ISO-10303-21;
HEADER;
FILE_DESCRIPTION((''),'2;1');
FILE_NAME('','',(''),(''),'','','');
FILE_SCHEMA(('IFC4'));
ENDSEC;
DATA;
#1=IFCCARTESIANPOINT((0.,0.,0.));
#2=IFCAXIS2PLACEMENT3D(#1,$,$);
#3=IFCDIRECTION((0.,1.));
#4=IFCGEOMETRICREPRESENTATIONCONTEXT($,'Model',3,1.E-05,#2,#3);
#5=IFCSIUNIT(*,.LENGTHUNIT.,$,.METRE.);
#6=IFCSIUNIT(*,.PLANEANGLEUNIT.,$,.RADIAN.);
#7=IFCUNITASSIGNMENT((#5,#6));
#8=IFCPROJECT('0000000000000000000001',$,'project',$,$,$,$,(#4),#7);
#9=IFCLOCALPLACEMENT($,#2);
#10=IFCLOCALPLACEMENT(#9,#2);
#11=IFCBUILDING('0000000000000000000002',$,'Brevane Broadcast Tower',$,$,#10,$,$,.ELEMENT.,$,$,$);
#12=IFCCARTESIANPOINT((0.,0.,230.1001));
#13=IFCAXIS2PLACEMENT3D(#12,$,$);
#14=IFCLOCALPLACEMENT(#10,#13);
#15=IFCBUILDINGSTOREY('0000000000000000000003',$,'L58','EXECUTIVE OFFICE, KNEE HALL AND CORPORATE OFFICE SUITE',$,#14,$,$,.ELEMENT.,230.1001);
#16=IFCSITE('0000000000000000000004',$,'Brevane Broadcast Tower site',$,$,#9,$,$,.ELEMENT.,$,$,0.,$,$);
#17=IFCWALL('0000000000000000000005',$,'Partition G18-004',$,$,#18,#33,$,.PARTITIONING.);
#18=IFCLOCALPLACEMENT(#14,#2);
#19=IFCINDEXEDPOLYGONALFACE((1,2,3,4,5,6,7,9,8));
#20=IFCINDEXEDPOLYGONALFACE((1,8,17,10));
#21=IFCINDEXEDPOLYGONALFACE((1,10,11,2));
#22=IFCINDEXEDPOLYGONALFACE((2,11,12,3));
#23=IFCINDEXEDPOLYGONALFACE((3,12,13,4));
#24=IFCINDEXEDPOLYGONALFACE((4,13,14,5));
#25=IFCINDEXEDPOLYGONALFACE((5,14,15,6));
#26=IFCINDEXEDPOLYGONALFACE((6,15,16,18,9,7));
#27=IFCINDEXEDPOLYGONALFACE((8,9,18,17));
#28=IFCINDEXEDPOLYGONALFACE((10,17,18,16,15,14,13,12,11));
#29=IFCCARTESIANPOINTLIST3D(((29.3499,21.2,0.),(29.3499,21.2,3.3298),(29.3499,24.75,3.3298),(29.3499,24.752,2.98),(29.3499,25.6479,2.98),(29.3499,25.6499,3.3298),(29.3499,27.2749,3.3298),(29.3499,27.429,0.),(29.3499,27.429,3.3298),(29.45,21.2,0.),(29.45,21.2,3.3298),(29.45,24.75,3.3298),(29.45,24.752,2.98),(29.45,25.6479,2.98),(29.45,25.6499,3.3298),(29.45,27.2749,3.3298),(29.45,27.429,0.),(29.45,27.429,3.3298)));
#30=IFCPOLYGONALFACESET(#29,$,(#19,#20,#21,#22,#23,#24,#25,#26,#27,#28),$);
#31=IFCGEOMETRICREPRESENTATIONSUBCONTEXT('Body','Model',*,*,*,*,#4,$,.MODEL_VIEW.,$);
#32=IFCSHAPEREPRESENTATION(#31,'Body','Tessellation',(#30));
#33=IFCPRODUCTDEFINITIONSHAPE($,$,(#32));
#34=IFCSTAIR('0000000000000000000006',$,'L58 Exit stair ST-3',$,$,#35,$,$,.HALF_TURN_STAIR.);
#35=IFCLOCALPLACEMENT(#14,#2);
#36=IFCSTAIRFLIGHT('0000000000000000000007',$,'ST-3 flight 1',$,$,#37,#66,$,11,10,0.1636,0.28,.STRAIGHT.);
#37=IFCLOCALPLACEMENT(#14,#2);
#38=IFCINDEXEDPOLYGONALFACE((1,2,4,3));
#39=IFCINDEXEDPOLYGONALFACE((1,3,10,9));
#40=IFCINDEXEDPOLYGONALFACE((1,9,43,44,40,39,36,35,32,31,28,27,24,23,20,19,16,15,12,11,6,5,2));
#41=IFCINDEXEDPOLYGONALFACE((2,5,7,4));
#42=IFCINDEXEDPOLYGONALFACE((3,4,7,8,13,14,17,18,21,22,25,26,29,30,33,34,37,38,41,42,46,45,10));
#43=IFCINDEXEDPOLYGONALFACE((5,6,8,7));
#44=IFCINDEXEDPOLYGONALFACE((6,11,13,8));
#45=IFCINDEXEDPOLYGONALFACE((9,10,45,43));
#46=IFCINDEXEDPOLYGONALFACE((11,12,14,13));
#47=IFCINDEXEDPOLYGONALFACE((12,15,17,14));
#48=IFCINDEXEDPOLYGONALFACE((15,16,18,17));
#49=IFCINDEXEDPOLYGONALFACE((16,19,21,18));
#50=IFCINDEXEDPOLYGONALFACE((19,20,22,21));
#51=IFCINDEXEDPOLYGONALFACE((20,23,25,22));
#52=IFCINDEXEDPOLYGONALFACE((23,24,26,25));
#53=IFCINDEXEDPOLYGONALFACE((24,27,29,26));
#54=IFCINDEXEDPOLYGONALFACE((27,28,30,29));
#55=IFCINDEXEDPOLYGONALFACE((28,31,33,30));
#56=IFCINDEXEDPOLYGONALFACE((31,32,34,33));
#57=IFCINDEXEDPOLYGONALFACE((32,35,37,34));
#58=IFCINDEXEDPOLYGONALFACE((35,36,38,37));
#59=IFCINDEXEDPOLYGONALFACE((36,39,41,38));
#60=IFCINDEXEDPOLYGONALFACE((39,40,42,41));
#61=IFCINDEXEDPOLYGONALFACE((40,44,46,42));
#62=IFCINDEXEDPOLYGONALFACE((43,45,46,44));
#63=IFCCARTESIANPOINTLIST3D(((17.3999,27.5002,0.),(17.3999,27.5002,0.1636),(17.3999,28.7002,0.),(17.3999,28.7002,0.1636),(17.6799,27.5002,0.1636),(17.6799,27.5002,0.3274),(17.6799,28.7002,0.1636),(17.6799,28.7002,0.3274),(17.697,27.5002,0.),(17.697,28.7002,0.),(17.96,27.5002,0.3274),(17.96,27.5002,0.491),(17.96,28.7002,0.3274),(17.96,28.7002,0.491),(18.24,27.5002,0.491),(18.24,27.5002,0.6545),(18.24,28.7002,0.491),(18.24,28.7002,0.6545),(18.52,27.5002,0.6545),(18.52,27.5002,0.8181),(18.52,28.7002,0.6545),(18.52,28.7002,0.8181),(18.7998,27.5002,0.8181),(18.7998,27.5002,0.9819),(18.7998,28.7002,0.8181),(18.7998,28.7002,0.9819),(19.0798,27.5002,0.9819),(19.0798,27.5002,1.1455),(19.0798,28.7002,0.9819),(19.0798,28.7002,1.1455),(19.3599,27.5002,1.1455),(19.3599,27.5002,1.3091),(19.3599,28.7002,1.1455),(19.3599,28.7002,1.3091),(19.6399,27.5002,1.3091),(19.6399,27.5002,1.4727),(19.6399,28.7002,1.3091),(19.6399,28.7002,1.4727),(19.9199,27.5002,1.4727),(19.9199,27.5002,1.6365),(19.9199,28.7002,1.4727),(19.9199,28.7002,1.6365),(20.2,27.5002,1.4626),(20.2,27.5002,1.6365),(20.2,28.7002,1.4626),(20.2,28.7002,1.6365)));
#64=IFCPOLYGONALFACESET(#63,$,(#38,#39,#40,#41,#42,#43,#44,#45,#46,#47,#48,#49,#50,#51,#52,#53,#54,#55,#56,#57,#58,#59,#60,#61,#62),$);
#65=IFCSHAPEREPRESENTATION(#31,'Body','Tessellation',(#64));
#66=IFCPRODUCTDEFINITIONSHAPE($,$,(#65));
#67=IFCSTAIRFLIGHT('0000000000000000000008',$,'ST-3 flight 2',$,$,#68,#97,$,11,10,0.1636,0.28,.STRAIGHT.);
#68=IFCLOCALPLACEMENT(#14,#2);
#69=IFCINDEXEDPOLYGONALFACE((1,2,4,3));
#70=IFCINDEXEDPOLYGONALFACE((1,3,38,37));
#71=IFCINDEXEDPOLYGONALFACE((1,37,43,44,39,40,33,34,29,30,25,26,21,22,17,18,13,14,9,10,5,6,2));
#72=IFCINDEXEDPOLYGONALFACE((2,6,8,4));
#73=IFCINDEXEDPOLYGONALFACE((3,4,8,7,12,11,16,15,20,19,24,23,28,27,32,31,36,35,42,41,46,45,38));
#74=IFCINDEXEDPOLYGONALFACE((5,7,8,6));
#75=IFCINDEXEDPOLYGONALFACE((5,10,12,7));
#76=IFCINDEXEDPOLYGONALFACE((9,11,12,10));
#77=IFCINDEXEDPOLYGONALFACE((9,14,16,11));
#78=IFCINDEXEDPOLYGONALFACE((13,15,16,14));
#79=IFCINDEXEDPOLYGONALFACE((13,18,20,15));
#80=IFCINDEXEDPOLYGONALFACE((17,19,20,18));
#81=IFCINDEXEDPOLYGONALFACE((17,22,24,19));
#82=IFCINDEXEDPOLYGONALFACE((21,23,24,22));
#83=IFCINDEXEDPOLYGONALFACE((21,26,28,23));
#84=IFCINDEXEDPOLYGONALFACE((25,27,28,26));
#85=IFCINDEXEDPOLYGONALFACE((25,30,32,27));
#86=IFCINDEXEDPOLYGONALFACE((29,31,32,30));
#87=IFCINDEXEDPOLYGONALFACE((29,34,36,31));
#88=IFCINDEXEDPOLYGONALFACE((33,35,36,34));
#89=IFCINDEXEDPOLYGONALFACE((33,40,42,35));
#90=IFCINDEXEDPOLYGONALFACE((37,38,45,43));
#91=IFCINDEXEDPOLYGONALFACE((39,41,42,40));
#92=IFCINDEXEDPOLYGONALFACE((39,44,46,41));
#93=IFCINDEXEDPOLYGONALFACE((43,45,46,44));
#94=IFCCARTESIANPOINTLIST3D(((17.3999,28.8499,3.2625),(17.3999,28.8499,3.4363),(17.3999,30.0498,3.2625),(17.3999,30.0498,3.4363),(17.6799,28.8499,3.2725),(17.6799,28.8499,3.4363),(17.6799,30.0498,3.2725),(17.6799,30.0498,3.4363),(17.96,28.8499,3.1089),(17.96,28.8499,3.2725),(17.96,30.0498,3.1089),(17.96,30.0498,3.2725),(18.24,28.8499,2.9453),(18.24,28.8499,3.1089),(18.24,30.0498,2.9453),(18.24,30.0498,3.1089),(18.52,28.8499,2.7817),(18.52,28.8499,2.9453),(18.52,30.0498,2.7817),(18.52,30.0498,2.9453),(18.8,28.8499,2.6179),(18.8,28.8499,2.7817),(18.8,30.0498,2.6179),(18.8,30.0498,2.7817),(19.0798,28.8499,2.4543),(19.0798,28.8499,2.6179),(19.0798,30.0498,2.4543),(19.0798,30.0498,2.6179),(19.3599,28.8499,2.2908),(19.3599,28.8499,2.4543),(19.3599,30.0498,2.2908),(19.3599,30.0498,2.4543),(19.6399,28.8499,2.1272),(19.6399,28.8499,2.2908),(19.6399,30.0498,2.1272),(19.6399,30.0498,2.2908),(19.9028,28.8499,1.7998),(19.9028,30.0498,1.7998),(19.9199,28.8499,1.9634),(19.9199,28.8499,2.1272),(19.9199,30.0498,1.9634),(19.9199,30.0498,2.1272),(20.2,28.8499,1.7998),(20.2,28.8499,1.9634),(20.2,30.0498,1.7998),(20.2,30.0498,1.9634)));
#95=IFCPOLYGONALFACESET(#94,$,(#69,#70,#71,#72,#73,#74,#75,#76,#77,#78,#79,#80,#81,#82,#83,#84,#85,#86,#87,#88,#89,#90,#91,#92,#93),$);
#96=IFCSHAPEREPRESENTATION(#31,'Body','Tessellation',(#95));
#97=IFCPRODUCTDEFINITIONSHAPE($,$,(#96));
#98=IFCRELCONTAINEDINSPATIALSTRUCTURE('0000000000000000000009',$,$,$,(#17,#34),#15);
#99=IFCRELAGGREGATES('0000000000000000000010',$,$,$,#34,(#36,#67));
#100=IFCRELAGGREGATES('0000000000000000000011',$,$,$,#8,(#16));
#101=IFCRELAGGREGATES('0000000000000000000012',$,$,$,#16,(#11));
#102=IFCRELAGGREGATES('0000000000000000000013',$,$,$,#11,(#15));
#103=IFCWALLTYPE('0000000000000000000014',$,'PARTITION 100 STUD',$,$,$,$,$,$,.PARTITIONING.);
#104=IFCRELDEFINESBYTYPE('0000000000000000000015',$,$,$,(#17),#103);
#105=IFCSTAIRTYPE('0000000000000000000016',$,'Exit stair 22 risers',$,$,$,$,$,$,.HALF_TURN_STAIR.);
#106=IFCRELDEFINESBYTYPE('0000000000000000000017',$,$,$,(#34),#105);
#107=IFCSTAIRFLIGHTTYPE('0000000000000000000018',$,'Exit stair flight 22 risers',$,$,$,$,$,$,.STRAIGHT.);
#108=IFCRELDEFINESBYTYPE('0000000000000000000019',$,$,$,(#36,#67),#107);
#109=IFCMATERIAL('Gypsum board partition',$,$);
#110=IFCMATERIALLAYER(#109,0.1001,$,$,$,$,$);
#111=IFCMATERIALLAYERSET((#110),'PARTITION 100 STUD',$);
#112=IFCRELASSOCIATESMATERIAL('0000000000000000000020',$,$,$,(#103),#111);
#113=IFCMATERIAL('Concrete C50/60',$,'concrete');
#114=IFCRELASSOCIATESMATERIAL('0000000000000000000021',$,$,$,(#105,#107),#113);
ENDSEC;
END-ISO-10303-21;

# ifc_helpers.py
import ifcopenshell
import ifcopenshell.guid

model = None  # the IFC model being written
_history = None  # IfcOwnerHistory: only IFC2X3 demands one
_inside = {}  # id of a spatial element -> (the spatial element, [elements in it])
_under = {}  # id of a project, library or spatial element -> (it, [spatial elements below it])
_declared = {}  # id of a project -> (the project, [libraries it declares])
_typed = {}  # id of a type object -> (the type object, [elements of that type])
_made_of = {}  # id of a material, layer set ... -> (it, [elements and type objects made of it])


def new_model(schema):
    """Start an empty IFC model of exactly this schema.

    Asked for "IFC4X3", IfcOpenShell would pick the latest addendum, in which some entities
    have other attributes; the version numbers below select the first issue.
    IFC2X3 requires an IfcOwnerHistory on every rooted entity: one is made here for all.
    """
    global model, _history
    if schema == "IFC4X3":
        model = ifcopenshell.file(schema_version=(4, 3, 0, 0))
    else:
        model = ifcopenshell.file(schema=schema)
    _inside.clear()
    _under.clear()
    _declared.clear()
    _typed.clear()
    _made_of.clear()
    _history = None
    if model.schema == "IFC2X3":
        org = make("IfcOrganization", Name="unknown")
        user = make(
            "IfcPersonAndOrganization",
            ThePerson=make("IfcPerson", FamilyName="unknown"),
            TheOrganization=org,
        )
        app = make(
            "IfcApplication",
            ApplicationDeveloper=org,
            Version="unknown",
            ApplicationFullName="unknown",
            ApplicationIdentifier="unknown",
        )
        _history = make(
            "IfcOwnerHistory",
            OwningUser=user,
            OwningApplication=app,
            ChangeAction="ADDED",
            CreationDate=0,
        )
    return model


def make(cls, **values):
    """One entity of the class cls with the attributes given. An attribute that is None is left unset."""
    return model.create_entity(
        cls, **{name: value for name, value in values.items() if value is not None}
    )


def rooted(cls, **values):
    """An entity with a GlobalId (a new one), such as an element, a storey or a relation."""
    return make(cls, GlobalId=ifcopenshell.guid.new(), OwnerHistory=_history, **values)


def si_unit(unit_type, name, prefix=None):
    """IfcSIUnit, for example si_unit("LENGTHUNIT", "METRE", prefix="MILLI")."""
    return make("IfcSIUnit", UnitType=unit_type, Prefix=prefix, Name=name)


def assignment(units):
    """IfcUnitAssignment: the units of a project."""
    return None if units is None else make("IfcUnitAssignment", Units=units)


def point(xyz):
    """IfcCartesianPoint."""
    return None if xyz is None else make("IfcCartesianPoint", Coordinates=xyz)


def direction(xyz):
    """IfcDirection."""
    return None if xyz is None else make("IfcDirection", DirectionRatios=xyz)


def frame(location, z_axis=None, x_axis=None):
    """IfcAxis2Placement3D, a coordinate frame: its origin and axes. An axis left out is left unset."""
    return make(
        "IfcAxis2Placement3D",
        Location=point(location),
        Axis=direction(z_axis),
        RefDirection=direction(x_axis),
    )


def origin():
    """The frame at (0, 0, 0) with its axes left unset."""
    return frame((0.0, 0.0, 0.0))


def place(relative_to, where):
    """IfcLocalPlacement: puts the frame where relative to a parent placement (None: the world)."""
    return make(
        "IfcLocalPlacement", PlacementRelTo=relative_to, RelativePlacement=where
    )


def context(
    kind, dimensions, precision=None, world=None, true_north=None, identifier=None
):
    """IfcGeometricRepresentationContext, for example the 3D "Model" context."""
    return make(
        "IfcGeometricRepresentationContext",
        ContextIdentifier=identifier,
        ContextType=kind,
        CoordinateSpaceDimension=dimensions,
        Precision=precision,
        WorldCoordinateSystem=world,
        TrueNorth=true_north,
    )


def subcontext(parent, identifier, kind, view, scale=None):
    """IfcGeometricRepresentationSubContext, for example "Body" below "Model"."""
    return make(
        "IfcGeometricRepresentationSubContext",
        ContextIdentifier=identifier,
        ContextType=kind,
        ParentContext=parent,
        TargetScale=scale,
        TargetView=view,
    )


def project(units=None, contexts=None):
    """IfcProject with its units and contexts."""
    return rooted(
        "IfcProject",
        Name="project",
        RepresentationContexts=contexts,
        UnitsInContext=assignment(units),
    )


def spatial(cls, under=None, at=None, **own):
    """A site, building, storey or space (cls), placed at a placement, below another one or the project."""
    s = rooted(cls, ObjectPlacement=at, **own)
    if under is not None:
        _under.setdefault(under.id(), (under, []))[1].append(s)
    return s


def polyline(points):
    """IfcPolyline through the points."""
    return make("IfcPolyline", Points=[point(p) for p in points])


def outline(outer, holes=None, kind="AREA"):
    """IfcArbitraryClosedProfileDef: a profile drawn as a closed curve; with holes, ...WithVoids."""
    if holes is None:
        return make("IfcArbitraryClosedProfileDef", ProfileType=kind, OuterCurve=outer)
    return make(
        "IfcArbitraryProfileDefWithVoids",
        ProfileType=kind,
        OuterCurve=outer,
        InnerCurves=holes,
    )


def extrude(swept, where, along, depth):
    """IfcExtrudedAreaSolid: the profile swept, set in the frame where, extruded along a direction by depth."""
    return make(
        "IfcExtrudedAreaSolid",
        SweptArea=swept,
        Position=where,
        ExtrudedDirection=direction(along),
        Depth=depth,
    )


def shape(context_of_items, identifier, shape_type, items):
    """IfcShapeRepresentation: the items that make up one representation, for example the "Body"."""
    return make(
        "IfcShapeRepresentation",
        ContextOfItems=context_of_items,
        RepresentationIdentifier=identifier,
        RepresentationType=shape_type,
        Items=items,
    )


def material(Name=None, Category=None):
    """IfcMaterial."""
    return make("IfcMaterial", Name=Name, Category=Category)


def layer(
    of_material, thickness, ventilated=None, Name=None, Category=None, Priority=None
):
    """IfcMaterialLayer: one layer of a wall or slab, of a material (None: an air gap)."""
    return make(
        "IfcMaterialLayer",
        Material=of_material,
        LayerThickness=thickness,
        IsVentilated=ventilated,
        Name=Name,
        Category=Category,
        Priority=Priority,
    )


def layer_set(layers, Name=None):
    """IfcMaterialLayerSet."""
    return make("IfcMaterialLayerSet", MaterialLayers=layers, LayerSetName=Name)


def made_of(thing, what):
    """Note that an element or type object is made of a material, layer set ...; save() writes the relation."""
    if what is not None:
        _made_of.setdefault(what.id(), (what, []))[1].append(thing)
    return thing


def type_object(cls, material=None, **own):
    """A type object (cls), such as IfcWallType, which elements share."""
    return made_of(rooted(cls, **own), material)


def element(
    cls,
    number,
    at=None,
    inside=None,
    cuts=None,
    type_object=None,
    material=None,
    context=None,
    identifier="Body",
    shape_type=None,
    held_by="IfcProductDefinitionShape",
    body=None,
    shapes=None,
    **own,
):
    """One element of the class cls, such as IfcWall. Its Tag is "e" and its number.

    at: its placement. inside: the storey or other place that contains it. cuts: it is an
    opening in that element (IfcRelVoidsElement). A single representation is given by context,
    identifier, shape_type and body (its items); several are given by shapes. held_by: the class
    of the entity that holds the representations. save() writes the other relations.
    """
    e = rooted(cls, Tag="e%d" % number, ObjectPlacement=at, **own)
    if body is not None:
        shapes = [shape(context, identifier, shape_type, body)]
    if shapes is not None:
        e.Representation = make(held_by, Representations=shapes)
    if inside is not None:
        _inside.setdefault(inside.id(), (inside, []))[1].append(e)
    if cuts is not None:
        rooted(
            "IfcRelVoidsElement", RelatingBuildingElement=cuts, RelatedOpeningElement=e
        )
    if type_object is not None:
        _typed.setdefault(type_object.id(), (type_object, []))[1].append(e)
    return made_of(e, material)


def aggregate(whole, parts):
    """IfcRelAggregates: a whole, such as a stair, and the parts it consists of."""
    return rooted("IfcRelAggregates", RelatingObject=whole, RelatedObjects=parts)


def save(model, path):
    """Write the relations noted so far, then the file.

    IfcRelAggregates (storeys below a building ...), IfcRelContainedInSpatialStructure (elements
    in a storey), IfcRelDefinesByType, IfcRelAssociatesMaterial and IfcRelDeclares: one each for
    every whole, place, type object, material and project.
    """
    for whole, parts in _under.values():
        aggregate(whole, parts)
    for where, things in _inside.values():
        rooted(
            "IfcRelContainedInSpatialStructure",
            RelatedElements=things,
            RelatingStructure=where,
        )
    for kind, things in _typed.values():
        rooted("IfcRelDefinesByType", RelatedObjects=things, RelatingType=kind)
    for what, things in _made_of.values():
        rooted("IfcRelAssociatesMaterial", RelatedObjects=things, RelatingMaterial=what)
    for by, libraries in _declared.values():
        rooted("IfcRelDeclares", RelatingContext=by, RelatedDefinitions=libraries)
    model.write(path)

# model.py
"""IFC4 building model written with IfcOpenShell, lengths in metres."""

from ifc_helpers import new_model, si_unit, direction, frame, origin, place, context, subcontext, project, spatial, polyline, outline, extrude, material, layer, layer_set, type_object, element, aggregate, save


model = new_model("IFC4")

# Units and contexts
model_context = context("Model", 3, precision=1e-05, world=origin(), true_north=direction((0.0, 1.0)))
body_context = subcontext(model_context, "Body", "Model", "MODEL_VIEW")
ifc_project = project(units=[si_unit("LENGTHUNIT", "METRE"), si_unit("PLANEANGLEUNIT", "RADIAN")], contexts=[model_context])

# Site, building, storey
site_placement = place(None, origin())
site = spatial("IfcSite", under=ifc_project, at=site_placement, Name="Brevane Broadcast Tower site", CompositionType="ELEMENT", RefElevation=0.0)
building_placement = place(site_placement, origin())
building = spatial("IfcBuilding", under=site, at=building_placement, Name="Brevane Broadcast Tower", CompositionType="ELEMENT")
storey_placement = place(building_placement, frame((0.0, 0.0, 230.1001)))
storey = spatial("IfcBuildingStorey", under=building, at=storey_placement, Name="L58", Description="EXECUTIVE OFFICE, KNEE HALL AND CORPORATE OFFICE SUITE", CompositionType="ELEMENT", Elevation=230.1001)

# Wall
ifc_material_1 = material(Name="Concrete C50/60", Category="concrete")
ifc_material_2 = material(Name="Gypsum board partition")
ifc_layer_1 = layer(ifc_material_2, 0.1001)
ifc_layer_set_1 = layer_set([ifc_layer_1], Name="PARTITION 100 STUD")
wall_type_1 = type_object("IfcWallType", Name="PARTITION 100 STUD", PredefinedType="PARTITIONING", material=ifc_layer_set_1)
wall_1_placement = place(storey_placement, frame((29.3999, 27.429, 0.0), z_axis=(0.0, 0.0, 1.0), x_axis=(0.0, -1.0, 0.0)))
element("IfcWall", 1, at=wall_1_placement, inside=storey, type_object=wall_type_1, Name="Partition G18-004", PredefinedType="PARTITIONING", context=body_context, shape_type="SweptSolid", body=[
    extrude(outline(polyline([(0.0, 0.0), (6.229, 0.0), (6.229, 3.3298), (2.679, 3.3298), (2.677, 2.98), (1.781, 2.98), (1.7791, 3.3298), (0.1541, 3.3298), (0.0, 3.3298), (0.0, 0.0)])), frame((0.0, 0.05, 0.0), z_axis=(0.0, -1.0, 0.0), x_axis=(1.0, 0.0, 0.0)), (0.0, 0.0, 1.0), 0.1001),
])

# Stair, stair flights
stair_type = type_object("IfcStairType", Name="Exit stair 22 risers", PredefinedType="HALF_TURN_STAIR", material=ifc_material_1)
stair_placement = place(storey_placement, origin())
stair = element("IfcStair", 2, at=stair_placement, inside=storey, type_object=stair_type, Name="L58 Exit stair ST-3", PredefinedType="HALF_TURN_STAIR")
stair_flight_type = type_object("IfcStairFlightType", Name="Exit stair flight 22 risers", PredefinedType="STRAIGHT", material=ifc_material_1)
stair_flight_1_placement = place(storey_placement, frame((17.3999, 28.1001, 0.0), z_axis=(0.0, 0.0, 1.0), x_axis=(1.0, 0.0, 0.0)))
stair_flight_1 = element("IfcStairFlight", 3, at=stair_flight_1_placement, type_object=stair_flight_type, Name="ST-3 flight 1", NumberOfRisers=11, NumberOfTreads=10, PredefinedType="STRAIGHT", RiserHeight=0.1636, TreadLength=0.28, context=body_context, shape_type="SweptSolid", body=[
    extrude(outline(polyline([(0.0, 0.0), (0.0, 0.1636), (0.28, 0.1636), (0.28, 0.3274), (0.5601, 0.3274), (0.5601, 0.491), (0.8401, 0.491), (0.8401, 0.6545), (1.1201, 0.6545), (1.1201, 0.8181), (1.3999, 0.8181), (1.3999, 0.9819), (1.6799, 0.9819), (1.6799, 1.1455), (1.96, 1.1455), (1.96, 1.3091), (2.24, 1.3091), (2.24, 1.4727), (2.52, 1.4727), (2.52, 1.6365), (2.8, 1.6365), (2.8, 1.8), (2.8, 1.4626), (0.2971, 0.0), (0.0, 0.0)])), frame((0.0, 0.6001, 0.0), z_axis=(0.0, -1.0, 0.0), x_axis=(1.0, 0.0, 0.0)), (0.0, 0.0, 1.0), 1.2),
])
stair_flight_2_placement = place(storey_placement, frame((20.2, 29.45, 1.7998), z_axis=(0.0, 0.0, 1.0), x_axis=(-1.0, 0.0, 0.0)))
stair_flight_2 = element("IfcStairFlight", 4, at=stair_flight_2_placement, type_object=stair_flight_type, Name="ST-3 flight 2", NumberOfRisers=11, NumberOfTreads=10, PredefinedType="STRAIGHT", RiserHeight=0.1636, TreadLength=0.28, context=body_context, shape_type="SweptSolid", body=[
    extrude(outline(polyline([(0.0, 0.0), (0.0, 0.1636), (0.28, 0.1636), (0.28, 0.3274), (0.5601, 0.3274), (0.5601, 0.491), (0.8401, 0.491), (0.8401, 0.6545), (1.1201, 0.6545), (1.1201, 0.8181), (1.3999, 0.8181), (1.3999, 0.9819), (1.6799, 0.9819), (1.6799, 1.1455), (1.96, 1.1455), (1.96, 1.3091), (2.24, 1.3091), (2.24, 1.4727), (2.52, 1.4727), (2.52, 1.6365), (2.8, 1.6365), (2.8, 1.8), (2.8, 1.4626), (0.2971, 0.0), (0.0, 0.0)])), frame((0.0, 0.6001, 0.0), z_axis=(0.0, -1.0, 0.0), x_axis=(1.0, 0.0, 0.0)), (0.0, 0.0, 1.0), 1.2),
])
aggregate(stair, [stair_flight_1, stair_flight_2])

save(model, "model.ifc")
